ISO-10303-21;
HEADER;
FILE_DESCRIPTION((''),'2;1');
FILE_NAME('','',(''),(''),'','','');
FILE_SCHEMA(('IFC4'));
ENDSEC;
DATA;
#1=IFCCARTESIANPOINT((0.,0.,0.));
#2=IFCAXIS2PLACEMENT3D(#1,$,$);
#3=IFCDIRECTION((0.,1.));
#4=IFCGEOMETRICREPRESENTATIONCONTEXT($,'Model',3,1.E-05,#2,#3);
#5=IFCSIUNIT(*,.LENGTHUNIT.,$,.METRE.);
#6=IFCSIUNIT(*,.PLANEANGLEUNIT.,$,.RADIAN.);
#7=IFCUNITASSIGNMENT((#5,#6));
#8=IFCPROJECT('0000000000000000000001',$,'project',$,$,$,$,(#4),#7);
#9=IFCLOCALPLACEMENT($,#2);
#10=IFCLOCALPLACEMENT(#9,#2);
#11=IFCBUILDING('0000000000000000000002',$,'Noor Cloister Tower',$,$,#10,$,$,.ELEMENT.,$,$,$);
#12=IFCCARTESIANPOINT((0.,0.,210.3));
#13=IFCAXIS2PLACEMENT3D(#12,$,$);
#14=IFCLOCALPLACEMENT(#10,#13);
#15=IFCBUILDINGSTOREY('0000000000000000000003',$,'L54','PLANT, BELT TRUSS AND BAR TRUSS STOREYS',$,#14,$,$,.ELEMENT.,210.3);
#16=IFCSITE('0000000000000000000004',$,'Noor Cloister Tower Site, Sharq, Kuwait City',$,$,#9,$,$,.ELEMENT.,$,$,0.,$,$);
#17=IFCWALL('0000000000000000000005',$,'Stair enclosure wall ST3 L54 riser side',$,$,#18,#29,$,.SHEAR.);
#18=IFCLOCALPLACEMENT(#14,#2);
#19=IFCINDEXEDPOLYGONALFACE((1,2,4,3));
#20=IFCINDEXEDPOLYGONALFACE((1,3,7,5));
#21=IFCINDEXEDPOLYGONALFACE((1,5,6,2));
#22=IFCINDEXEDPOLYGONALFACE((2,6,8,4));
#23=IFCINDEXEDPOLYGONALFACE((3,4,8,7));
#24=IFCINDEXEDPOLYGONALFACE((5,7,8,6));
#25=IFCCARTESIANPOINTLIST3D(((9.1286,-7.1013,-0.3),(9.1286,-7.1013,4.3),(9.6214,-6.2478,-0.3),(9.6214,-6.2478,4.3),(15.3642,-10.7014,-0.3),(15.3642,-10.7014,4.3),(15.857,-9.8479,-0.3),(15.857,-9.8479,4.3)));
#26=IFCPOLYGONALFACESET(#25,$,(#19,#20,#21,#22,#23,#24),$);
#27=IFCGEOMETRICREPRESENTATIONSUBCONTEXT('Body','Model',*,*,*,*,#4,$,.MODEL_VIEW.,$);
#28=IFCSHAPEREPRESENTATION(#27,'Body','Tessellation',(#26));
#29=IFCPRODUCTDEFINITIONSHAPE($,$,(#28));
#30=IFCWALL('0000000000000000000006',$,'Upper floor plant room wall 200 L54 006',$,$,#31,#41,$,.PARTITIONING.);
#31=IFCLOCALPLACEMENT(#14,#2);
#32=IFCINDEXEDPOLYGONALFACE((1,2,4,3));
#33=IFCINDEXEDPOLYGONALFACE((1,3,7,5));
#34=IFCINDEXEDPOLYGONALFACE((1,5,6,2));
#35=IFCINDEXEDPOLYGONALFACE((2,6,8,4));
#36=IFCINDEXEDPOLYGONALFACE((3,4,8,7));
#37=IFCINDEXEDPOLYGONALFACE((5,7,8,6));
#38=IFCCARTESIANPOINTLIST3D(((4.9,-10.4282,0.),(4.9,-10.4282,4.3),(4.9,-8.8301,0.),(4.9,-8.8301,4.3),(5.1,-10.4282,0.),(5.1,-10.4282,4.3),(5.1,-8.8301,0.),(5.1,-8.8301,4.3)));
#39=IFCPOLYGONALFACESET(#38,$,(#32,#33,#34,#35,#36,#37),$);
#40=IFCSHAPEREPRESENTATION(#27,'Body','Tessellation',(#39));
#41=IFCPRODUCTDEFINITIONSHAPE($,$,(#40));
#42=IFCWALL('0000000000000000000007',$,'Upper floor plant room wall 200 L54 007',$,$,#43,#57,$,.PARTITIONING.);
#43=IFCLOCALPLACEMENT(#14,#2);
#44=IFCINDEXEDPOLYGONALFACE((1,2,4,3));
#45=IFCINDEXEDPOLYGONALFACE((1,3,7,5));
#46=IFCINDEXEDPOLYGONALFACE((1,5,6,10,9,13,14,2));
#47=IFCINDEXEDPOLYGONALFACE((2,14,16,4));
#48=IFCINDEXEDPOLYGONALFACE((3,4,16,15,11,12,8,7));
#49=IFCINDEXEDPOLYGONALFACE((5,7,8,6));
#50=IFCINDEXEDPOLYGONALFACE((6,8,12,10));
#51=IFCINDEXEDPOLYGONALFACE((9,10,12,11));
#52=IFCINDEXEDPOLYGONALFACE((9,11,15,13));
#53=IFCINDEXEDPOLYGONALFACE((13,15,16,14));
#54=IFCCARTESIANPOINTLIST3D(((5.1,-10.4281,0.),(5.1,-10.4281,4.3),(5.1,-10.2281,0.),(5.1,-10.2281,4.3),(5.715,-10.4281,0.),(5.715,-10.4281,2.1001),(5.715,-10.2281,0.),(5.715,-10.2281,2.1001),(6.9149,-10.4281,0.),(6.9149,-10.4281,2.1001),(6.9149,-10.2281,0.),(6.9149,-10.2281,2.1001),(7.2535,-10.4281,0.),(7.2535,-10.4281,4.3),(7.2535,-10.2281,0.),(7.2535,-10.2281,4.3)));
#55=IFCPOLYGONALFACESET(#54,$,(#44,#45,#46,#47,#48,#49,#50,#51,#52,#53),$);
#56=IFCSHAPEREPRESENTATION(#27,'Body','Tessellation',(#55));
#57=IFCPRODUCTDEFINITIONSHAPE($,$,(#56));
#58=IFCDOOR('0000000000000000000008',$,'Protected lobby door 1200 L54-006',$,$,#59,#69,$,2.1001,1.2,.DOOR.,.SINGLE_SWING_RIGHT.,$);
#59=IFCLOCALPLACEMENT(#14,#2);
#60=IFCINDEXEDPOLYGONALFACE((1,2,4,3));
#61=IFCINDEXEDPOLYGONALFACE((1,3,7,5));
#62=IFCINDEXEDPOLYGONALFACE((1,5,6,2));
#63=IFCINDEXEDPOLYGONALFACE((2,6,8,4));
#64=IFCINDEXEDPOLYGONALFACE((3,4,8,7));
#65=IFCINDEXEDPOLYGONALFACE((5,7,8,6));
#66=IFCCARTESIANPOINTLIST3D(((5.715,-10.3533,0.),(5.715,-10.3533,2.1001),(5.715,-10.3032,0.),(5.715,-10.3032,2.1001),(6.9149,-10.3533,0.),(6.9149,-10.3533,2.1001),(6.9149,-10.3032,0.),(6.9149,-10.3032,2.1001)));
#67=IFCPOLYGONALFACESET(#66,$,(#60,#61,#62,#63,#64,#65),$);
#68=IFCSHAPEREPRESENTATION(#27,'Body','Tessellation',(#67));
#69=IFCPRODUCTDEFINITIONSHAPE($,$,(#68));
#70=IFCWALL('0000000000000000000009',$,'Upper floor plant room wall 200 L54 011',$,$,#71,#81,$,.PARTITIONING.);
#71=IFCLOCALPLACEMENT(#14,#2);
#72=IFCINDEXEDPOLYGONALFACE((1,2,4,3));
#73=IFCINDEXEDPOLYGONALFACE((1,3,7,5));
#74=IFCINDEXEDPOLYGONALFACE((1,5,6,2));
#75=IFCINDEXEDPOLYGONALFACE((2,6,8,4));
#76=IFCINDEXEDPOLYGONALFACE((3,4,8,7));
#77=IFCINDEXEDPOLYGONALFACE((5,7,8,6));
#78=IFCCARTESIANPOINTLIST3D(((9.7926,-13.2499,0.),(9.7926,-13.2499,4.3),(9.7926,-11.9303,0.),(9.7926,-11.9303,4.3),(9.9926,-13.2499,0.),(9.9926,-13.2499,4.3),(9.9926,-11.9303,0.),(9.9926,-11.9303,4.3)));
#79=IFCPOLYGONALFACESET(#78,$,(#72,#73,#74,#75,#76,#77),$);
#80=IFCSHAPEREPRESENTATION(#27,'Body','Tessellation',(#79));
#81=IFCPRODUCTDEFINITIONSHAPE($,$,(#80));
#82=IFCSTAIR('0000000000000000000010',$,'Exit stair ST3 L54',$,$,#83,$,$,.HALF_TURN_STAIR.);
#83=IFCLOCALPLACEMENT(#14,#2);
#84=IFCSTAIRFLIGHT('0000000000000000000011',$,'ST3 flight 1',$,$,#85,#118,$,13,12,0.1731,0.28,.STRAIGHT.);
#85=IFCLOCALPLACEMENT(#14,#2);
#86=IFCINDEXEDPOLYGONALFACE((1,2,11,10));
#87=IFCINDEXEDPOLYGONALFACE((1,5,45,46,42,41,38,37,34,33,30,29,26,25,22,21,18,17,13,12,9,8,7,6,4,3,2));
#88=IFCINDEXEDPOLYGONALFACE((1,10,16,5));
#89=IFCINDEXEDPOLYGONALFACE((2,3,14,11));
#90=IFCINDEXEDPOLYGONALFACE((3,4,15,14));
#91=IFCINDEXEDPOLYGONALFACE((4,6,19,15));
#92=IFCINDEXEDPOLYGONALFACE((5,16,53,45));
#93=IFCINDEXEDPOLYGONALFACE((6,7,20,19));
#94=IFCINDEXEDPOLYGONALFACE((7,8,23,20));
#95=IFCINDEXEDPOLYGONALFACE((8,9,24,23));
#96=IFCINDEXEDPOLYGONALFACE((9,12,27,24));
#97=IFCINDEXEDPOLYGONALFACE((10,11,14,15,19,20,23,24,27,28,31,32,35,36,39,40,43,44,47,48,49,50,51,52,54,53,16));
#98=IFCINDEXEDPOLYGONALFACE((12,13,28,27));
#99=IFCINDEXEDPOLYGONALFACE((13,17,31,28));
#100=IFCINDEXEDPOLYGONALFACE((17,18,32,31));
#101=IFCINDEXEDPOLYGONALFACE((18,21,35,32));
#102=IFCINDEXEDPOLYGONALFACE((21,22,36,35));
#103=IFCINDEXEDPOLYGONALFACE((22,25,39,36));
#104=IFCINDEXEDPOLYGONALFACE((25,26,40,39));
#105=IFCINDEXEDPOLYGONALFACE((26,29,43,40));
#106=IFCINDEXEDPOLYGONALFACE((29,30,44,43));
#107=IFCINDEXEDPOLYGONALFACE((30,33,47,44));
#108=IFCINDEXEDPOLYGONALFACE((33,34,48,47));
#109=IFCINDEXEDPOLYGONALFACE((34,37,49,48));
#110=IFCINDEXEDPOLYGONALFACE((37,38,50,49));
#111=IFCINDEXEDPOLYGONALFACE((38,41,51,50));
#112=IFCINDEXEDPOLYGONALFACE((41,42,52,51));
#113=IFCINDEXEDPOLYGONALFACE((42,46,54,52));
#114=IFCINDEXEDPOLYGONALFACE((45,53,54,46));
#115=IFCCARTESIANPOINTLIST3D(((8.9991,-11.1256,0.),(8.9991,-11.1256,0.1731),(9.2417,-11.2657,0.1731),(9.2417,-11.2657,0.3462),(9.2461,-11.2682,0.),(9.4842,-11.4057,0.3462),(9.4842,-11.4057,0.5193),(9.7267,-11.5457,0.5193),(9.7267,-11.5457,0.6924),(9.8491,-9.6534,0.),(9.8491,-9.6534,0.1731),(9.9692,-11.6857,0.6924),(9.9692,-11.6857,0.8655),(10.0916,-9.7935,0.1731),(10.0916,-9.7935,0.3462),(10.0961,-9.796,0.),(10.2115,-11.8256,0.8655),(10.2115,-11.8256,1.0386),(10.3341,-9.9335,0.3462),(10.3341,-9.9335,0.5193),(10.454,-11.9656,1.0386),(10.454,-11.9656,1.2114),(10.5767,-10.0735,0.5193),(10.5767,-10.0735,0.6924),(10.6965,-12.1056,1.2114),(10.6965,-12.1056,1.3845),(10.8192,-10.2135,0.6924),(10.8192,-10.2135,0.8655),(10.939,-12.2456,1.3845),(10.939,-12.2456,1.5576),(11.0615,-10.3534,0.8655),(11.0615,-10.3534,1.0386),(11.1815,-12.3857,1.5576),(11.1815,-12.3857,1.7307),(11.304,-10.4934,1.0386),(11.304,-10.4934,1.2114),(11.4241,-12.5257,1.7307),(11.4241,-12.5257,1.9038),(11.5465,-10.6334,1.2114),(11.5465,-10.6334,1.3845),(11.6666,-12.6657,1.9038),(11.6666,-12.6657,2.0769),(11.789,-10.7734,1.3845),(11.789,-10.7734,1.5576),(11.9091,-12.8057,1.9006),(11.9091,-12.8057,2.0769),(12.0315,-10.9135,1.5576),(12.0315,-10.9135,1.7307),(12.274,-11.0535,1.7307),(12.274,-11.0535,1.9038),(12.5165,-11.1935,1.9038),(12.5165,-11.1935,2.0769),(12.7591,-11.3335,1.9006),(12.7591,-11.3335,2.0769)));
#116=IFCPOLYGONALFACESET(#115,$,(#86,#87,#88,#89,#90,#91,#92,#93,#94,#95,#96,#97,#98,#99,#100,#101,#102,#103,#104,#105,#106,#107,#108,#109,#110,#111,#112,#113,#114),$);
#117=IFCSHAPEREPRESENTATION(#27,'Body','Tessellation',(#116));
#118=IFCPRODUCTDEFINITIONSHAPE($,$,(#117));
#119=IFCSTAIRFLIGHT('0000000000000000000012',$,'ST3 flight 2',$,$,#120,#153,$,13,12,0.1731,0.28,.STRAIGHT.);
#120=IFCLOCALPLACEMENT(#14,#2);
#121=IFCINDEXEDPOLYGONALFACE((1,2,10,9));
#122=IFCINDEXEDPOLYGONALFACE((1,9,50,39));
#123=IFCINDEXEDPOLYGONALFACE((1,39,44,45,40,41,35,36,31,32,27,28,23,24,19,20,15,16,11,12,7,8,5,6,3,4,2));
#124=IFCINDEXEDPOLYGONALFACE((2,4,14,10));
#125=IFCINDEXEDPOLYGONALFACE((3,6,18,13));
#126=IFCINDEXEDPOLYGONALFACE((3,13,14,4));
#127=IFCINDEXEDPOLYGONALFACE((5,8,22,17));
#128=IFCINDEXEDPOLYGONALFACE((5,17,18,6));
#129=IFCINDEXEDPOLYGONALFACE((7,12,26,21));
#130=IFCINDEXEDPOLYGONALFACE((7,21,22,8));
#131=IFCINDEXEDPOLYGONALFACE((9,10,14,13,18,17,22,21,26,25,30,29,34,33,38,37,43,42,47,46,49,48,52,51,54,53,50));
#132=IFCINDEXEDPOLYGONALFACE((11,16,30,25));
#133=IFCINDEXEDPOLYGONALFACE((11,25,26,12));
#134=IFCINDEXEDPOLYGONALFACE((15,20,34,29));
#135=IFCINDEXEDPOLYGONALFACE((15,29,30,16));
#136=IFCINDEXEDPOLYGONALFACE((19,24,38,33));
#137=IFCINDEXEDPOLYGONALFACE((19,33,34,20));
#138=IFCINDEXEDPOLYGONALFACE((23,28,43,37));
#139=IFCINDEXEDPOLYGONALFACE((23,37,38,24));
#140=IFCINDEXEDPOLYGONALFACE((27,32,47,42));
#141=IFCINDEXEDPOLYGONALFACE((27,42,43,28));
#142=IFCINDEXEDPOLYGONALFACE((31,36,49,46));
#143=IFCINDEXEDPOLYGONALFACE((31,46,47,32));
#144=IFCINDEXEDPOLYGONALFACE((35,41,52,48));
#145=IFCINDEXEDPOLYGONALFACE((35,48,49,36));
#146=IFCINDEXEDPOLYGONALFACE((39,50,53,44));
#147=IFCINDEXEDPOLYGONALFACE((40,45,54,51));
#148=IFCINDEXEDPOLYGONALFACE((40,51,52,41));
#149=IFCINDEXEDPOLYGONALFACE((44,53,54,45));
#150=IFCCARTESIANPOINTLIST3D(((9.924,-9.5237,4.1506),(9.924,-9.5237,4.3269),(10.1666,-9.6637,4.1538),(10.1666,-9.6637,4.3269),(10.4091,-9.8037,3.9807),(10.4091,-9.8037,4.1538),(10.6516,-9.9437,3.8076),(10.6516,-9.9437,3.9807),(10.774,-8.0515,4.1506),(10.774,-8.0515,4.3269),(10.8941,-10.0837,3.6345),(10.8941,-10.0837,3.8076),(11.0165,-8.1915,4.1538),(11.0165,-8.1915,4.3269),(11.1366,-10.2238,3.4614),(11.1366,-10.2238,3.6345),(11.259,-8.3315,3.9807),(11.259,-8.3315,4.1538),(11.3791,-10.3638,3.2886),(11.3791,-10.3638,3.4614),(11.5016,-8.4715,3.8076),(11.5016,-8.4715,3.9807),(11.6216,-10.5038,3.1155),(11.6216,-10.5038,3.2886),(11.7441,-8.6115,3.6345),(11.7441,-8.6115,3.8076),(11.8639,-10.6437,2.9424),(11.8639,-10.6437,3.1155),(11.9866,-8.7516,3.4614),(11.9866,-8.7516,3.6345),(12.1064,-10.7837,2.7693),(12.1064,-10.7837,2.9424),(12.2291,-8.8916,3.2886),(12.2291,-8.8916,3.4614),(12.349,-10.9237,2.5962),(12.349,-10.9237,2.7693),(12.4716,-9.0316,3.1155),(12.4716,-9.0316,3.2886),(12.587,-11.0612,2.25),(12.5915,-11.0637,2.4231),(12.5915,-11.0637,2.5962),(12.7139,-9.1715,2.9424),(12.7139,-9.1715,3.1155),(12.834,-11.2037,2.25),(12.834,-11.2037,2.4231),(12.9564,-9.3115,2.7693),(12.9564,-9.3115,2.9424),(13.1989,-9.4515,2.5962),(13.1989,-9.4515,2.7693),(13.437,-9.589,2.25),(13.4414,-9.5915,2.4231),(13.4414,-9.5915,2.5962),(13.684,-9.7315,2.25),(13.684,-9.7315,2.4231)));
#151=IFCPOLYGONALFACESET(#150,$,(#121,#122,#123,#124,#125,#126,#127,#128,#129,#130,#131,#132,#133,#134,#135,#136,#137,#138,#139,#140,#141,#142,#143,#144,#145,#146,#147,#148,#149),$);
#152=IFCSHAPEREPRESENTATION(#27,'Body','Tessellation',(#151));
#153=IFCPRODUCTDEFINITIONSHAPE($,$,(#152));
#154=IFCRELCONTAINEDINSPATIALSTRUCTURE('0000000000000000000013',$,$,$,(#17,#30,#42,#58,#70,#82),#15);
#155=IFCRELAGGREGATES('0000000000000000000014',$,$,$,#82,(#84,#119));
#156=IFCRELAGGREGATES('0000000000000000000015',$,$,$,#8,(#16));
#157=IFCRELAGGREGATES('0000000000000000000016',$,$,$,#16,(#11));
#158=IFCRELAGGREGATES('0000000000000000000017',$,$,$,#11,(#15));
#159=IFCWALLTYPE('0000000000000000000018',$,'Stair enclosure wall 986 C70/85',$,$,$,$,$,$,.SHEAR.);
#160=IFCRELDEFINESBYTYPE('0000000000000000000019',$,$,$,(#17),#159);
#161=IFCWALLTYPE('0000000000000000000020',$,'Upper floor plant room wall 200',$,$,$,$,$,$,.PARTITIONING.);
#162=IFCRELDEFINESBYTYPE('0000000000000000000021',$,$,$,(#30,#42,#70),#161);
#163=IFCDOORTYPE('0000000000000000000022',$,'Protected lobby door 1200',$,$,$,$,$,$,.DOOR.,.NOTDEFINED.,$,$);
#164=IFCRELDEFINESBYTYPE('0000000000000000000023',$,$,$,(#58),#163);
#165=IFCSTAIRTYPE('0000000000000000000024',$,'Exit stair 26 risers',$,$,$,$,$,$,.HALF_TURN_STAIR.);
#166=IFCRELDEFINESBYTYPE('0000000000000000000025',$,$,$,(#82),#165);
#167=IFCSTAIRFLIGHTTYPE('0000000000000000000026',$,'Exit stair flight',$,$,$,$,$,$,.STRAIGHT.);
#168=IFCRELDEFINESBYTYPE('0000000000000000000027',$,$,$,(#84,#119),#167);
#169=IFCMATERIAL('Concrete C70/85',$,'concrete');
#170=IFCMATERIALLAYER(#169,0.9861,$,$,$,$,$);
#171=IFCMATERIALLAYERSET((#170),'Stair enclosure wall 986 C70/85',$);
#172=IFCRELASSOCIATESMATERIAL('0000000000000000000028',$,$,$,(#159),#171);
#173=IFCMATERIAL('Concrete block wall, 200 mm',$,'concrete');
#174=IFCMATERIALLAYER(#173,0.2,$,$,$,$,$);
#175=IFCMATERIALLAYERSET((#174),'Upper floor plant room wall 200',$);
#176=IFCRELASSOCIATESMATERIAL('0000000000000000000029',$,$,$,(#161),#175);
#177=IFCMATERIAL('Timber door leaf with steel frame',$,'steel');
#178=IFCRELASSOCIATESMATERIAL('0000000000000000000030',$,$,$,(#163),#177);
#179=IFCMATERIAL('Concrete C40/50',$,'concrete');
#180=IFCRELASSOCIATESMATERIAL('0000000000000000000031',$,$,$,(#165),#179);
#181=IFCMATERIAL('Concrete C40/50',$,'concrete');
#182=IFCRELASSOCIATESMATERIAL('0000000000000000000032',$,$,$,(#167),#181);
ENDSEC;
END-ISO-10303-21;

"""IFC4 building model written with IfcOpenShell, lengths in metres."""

from ifc_helpers import new_model, si_unit, direction, frame, frame_2d, origin, place, context, subcontext, project, spatial, polyline, rectangle, outline, extrude, material, layer, layer_set, type_object, element, fill, aggregate, save


model = new_model("IFC4")

# Units and contexts
model_context = context("Model", 3, precision=1e-05, world=origin(), true_north=direction((0.0, 1.0)))
body_context = subcontext(model_context, "Body", "Model", "MODEL_VIEW")
ifc_project = project(units=[si_unit("LENGTHUNIT", "METRE"), si_unit("PLANEANGLEUNIT", "RADIAN")], contexts=[model_context])

# Site, building, storey
site_placement = place(None, origin())
site = spatial("IfcSite", under=ifc_project, at=site_placement, Name="Noor Cloister Tower Site, Sharq, Kuwait City", CompositionType="ELEMENT", RefElevation=0.0)
building_placement = place(site_placement, origin())
building = spatial("IfcBuilding", under=site, at=building_placement, Name="Noor Cloister Tower", CompositionType="ELEMENT")
storey_placement = place(building_placement, frame((0.0, 0.0, 210.3)))
storey = spatial("IfcBuildingStorey", under=building, at=storey_placement, Name="L54", Description="PLANT, BELT TRUSS AND BAR TRUSS STOREYS", CompositionType="ELEMENT", Elevation=210.3)

# Walls
ifc_material_1 = material(Name="Concrete C70/85", Category="concrete")
ifc_layer_1 = layer(ifc_material_1, 0.9861)
ifc_layer_set_1 = layer_set([ifc_layer_1], Name="Stair enclosure wall 986 C70/85")
wall_type_1 = type_object("IfcWallType", Name="Stair enclosure wall 986 C70/85", PredefinedType="SHEAR", material=ifc_layer_set_1)
wall_1_placement = place(storey_placement, frame((9.375, -6.6746, -0.3), z_axis=(0.0, 0.0, 1.0), x_axis=(0.866027, -0.499997, 0.0)))
element("IfcWall", 1, at=wall_1_placement, inside=storey, type_object=wall_type_1, Name="Stair enclosure wall ST3 L54 riser side", PredefinedType="SHEAR", context=body_context, shape_type="SweptSolid", body=[
    extrude(rectangle(XDim=7.2002, YDim=0.9856, at=frame_2d((3.6001, 0.0))), origin(), (0.0, 0.0, 1.0), 4.6001),
])
ifc_material_2 = material(Name="Concrete block wall, 200 mm", Category="concrete")
ifc_layer_2 = layer(ifc_material_2, 0.2)
ifc_layer_set_2 = layer_set([ifc_layer_2], Name="Upper floor plant room wall 200")
wall_type_2 = type_object("IfcWallType", Name="Upper floor plant room wall 200", PredefinedType="PARTITIONING", material=ifc_layer_set_2)
wall_2_placement = place(storey_placement, frame((5.0, -10.4282, 0.0), z_axis=(0.0, 0.0, 1.0), x_axis=(0.0, 1.0, 0.0)))
element("IfcWall", 2, at=wall_2_placement, inside=storey, type_object=wall_type_2, Name="Upper floor plant room wall 200 L54 006", PredefinedType="PARTITIONING", context=body_context, shape_type="SweptSolid", body=[
    extrude(rectangle(XDim=1.5981, YDim=0.2, at=frame_2d((0.7991, 0.0))), origin(), (0.0, 0.0, 1.0), 4.3),
])

# Wall, opening, door
wall_3_placement = place(storey_placement, frame((5.1001, -10.3281, 0.0), z_axis=(0.0, 0.0, 1.0), x_axis=(1.0, 0.0, 0.0)))
wall_3 = element("IfcWall", 3, at=wall_3_placement, inside=storey, type_object=wall_type_2, Name="Upper floor plant room wall 200 L54 007", PredefinedType="PARTITIONING", context=body_context, shape_type="SweptSolid", body=[
    extrude(rectangle(XDim=2.1536, YDim=0.2, at=frame_2d((1.0767, 0.0))), origin(), (0.0, 0.0, 1.0), 4.3),
])
opening_1_placement = place(wall_3_placement, frame((0.6147, 0.0, 0.0)))
opening_1 = element("IfcOpeningElement", 4, at=opening_1_placement, cuts=wall_3, PredefinedType="OPENING", context=body_context, shape_type="SweptSolid", body=[
    extrude(rectangle(XDim=1.2, YDim=2.1001, at=frame_2d((0.6001, 1.05))), frame((0.0, 0.1099, 0.0), z_axis=(0.0, -1.0, 0.0), x_axis=(1.0, 0.0, 0.0)), (0.0, 0.0, 1.0), 0.22),
])
ifc_material_3 = material(Name="Timber door leaf with steel frame", Category="steel")
door_type_1 = type_object("IfcDoorType", Name="Protected lobby door 1200", OperationType="NOTDEFINED", PredefinedType="DOOR", material=ifc_material_3)
door_1_placement = place(opening_1_placement, origin())
door_1 = element("IfcDoor", 5, at=door_1_placement, inside=storey, type_object=door_type_1, Name="Protected lobby door 1200 L54-006", OperationType="SINGLE_SWING_RIGHT", OverallHeight=2.1001, OverallWidth=1.2, PredefinedType="DOOR", context=body_context, shape_type="SweptSolid", body=[
    extrude(rectangle(XDim=1.2, YDim=2.1001, at=frame_2d((0.6001, 1.05))), frame((0.0, 0.0249, 0.0), z_axis=(0.0, -1.0, 0.0), x_axis=(1.0, 0.0, 0.0)), (0.0, 0.0, 1.0), 0.05),
])
fill(opening_1, door_1)

# Wall
wall_4_placement = place(storey_placement, frame((9.8926, -13.2498, 0.0), z_axis=(0.0, 0.0, 1.0), x_axis=(0.0, 1.0, 0.0)))
element("IfcWall", 6, at=wall_4_placement, inside=storey, type_object=wall_type_2, Name="Upper floor plant room wall 200 L54 011", PredefinedType="PARTITIONING", context=body_context, shape_type="SweptSolid", body=[
    extrude(rectangle(XDim=1.3196, YDim=0.2, at=frame_2d((0.6597, 0.0))), origin(), (0.0, 0.0, 1.0), 4.3),
])

# Stair, stair flights
ifc_material_4 = material(Name="Concrete C40/50", Category="concrete")
stair_type = type_object("IfcStairType", Name="Exit stair 26 risers", PredefinedType="HALF_TURN_STAIR", material=ifc_material_4)
stair_placement = place(storey_placement, origin())
stair = element("IfcStair", 7, at=stair_placement, inside=storey, type_object=stair_type, Name="Exit stair ST3 L54", PredefinedType="HALF_TURN_STAIR")
ifc_material_5 = material(Name="Concrete C40/50", Category="concrete")
stair_flight_type = type_object("IfcStairFlightType", Name="Exit stair flight", PredefinedType="STRAIGHT", material=ifc_material_5)
stair_flight_1_placement = place(storey_placement, frame((9.4241, -10.3896, 0.0), z_axis=(0.0, 0.0, 1.0), x_axis=(0.866025, -0.5, 0.0)))
stair_flight_1 = element("IfcStairFlight", 8, at=stair_flight_1_placement, type_object=stair_flight_type, Name="ST3 flight 1", NumberOfRisers=13, NumberOfTreads=12, PredefinedType="STRAIGHT", RiserHeight=0.1731, TreadLength=0.28, context=body_context, shape_type="SweptSolid", body=[
    extrude(outline(polyline([(0.0, 0.0), (0.0, 0.1731), (0.28, 0.1731), (0.28, 0.3462), (0.5601, 0.3462), (0.5601, 0.5193), (0.8401, 0.5193), (0.8401, 0.6924), (1.1201, 0.6924), (1.1201, 0.8655), (1.3999, 0.8655), (1.3999, 1.0386), (1.6799, 1.0386), (1.6799, 1.2114), (1.96, 1.2114), (1.96, 1.3845), (2.24, 1.3845), (2.24, 1.5576), (2.52, 1.5576), (2.52, 1.7307), (2.8, 1.7307), (2.8, 1.9038), (3.0801, 1.9038), (3.0801, 2.0769), (3.3601, 2.0769), (3.3601, 2.25), (3.3601, 1.9006), (0.2852, 0.0), (0.0, 0.0)])), frame((0.0, 0.8501, 0.0), z_axis=(0.0, -1.0, 0.0), x_axis=(1.0, 0.0, 0.0)), (0.0, 0.0, 1.0), 1.7),
])
stair_flight_2_placement = place(storey_placement, frame((13.259, -10.4675, 2.25), z_axis=(0.0, 0.0, 1.0), x_axis=(-0.866025, 0.5, 0.0)))
stair_flight_2 = element("IfcStairFlight", 9, at=stair_flight_2_placement, type_object=stair_flight_type, Name="ST3 flight 2", NumberOfRisers=13, NumberOfTreads=12, PredefinedType="STRAIGHT", RiserHeight=0.1731, TreadLength=0.28, context=body_context, shape_type="SweptSolid", body=[
    extrude(outline(polyline([(0.0, 0.0), (0.0, 0.1731), (0.28, 0.1731), (0.28, 0.3462), (0.5601, 0.3462), (0.5601, 0.5193), (0.8401, 0.5193), (0.8401, 0.6924), (1.1201, 0.6924), (1.1201, 0.8655), (1.3999, 0.8655), (1.3999, 1.0386), (1.6799, 1.0386), (1.6799, 1.2114), (1.96, 1.2114), (1.96, 1.3845), (2.24, 1.3845), (2.24, 1.5576), (2.52, 1.5576), (2.52, 1.7307), (2.8, 1.7307), (2.8, 1.9038), (3.0801, 1.9038), (3.0801, 2.0769), (3.3601, 2.0769), (3.3601, 2.25), (3.3601, 1.9006), (0.2852, 0.0), (0.0, 0.0)])), frame((0.0, 0.8501, 0.0), z_axis=(0.0, -1.0, 0.0), x_axis=(1.0, 0.0, 0.0)), (0.0, 0.0, 1.0), 1.7),
])
aggregate(stair, [stair_flight_1, stair_flight_2])

save(model, "model.ifc")
